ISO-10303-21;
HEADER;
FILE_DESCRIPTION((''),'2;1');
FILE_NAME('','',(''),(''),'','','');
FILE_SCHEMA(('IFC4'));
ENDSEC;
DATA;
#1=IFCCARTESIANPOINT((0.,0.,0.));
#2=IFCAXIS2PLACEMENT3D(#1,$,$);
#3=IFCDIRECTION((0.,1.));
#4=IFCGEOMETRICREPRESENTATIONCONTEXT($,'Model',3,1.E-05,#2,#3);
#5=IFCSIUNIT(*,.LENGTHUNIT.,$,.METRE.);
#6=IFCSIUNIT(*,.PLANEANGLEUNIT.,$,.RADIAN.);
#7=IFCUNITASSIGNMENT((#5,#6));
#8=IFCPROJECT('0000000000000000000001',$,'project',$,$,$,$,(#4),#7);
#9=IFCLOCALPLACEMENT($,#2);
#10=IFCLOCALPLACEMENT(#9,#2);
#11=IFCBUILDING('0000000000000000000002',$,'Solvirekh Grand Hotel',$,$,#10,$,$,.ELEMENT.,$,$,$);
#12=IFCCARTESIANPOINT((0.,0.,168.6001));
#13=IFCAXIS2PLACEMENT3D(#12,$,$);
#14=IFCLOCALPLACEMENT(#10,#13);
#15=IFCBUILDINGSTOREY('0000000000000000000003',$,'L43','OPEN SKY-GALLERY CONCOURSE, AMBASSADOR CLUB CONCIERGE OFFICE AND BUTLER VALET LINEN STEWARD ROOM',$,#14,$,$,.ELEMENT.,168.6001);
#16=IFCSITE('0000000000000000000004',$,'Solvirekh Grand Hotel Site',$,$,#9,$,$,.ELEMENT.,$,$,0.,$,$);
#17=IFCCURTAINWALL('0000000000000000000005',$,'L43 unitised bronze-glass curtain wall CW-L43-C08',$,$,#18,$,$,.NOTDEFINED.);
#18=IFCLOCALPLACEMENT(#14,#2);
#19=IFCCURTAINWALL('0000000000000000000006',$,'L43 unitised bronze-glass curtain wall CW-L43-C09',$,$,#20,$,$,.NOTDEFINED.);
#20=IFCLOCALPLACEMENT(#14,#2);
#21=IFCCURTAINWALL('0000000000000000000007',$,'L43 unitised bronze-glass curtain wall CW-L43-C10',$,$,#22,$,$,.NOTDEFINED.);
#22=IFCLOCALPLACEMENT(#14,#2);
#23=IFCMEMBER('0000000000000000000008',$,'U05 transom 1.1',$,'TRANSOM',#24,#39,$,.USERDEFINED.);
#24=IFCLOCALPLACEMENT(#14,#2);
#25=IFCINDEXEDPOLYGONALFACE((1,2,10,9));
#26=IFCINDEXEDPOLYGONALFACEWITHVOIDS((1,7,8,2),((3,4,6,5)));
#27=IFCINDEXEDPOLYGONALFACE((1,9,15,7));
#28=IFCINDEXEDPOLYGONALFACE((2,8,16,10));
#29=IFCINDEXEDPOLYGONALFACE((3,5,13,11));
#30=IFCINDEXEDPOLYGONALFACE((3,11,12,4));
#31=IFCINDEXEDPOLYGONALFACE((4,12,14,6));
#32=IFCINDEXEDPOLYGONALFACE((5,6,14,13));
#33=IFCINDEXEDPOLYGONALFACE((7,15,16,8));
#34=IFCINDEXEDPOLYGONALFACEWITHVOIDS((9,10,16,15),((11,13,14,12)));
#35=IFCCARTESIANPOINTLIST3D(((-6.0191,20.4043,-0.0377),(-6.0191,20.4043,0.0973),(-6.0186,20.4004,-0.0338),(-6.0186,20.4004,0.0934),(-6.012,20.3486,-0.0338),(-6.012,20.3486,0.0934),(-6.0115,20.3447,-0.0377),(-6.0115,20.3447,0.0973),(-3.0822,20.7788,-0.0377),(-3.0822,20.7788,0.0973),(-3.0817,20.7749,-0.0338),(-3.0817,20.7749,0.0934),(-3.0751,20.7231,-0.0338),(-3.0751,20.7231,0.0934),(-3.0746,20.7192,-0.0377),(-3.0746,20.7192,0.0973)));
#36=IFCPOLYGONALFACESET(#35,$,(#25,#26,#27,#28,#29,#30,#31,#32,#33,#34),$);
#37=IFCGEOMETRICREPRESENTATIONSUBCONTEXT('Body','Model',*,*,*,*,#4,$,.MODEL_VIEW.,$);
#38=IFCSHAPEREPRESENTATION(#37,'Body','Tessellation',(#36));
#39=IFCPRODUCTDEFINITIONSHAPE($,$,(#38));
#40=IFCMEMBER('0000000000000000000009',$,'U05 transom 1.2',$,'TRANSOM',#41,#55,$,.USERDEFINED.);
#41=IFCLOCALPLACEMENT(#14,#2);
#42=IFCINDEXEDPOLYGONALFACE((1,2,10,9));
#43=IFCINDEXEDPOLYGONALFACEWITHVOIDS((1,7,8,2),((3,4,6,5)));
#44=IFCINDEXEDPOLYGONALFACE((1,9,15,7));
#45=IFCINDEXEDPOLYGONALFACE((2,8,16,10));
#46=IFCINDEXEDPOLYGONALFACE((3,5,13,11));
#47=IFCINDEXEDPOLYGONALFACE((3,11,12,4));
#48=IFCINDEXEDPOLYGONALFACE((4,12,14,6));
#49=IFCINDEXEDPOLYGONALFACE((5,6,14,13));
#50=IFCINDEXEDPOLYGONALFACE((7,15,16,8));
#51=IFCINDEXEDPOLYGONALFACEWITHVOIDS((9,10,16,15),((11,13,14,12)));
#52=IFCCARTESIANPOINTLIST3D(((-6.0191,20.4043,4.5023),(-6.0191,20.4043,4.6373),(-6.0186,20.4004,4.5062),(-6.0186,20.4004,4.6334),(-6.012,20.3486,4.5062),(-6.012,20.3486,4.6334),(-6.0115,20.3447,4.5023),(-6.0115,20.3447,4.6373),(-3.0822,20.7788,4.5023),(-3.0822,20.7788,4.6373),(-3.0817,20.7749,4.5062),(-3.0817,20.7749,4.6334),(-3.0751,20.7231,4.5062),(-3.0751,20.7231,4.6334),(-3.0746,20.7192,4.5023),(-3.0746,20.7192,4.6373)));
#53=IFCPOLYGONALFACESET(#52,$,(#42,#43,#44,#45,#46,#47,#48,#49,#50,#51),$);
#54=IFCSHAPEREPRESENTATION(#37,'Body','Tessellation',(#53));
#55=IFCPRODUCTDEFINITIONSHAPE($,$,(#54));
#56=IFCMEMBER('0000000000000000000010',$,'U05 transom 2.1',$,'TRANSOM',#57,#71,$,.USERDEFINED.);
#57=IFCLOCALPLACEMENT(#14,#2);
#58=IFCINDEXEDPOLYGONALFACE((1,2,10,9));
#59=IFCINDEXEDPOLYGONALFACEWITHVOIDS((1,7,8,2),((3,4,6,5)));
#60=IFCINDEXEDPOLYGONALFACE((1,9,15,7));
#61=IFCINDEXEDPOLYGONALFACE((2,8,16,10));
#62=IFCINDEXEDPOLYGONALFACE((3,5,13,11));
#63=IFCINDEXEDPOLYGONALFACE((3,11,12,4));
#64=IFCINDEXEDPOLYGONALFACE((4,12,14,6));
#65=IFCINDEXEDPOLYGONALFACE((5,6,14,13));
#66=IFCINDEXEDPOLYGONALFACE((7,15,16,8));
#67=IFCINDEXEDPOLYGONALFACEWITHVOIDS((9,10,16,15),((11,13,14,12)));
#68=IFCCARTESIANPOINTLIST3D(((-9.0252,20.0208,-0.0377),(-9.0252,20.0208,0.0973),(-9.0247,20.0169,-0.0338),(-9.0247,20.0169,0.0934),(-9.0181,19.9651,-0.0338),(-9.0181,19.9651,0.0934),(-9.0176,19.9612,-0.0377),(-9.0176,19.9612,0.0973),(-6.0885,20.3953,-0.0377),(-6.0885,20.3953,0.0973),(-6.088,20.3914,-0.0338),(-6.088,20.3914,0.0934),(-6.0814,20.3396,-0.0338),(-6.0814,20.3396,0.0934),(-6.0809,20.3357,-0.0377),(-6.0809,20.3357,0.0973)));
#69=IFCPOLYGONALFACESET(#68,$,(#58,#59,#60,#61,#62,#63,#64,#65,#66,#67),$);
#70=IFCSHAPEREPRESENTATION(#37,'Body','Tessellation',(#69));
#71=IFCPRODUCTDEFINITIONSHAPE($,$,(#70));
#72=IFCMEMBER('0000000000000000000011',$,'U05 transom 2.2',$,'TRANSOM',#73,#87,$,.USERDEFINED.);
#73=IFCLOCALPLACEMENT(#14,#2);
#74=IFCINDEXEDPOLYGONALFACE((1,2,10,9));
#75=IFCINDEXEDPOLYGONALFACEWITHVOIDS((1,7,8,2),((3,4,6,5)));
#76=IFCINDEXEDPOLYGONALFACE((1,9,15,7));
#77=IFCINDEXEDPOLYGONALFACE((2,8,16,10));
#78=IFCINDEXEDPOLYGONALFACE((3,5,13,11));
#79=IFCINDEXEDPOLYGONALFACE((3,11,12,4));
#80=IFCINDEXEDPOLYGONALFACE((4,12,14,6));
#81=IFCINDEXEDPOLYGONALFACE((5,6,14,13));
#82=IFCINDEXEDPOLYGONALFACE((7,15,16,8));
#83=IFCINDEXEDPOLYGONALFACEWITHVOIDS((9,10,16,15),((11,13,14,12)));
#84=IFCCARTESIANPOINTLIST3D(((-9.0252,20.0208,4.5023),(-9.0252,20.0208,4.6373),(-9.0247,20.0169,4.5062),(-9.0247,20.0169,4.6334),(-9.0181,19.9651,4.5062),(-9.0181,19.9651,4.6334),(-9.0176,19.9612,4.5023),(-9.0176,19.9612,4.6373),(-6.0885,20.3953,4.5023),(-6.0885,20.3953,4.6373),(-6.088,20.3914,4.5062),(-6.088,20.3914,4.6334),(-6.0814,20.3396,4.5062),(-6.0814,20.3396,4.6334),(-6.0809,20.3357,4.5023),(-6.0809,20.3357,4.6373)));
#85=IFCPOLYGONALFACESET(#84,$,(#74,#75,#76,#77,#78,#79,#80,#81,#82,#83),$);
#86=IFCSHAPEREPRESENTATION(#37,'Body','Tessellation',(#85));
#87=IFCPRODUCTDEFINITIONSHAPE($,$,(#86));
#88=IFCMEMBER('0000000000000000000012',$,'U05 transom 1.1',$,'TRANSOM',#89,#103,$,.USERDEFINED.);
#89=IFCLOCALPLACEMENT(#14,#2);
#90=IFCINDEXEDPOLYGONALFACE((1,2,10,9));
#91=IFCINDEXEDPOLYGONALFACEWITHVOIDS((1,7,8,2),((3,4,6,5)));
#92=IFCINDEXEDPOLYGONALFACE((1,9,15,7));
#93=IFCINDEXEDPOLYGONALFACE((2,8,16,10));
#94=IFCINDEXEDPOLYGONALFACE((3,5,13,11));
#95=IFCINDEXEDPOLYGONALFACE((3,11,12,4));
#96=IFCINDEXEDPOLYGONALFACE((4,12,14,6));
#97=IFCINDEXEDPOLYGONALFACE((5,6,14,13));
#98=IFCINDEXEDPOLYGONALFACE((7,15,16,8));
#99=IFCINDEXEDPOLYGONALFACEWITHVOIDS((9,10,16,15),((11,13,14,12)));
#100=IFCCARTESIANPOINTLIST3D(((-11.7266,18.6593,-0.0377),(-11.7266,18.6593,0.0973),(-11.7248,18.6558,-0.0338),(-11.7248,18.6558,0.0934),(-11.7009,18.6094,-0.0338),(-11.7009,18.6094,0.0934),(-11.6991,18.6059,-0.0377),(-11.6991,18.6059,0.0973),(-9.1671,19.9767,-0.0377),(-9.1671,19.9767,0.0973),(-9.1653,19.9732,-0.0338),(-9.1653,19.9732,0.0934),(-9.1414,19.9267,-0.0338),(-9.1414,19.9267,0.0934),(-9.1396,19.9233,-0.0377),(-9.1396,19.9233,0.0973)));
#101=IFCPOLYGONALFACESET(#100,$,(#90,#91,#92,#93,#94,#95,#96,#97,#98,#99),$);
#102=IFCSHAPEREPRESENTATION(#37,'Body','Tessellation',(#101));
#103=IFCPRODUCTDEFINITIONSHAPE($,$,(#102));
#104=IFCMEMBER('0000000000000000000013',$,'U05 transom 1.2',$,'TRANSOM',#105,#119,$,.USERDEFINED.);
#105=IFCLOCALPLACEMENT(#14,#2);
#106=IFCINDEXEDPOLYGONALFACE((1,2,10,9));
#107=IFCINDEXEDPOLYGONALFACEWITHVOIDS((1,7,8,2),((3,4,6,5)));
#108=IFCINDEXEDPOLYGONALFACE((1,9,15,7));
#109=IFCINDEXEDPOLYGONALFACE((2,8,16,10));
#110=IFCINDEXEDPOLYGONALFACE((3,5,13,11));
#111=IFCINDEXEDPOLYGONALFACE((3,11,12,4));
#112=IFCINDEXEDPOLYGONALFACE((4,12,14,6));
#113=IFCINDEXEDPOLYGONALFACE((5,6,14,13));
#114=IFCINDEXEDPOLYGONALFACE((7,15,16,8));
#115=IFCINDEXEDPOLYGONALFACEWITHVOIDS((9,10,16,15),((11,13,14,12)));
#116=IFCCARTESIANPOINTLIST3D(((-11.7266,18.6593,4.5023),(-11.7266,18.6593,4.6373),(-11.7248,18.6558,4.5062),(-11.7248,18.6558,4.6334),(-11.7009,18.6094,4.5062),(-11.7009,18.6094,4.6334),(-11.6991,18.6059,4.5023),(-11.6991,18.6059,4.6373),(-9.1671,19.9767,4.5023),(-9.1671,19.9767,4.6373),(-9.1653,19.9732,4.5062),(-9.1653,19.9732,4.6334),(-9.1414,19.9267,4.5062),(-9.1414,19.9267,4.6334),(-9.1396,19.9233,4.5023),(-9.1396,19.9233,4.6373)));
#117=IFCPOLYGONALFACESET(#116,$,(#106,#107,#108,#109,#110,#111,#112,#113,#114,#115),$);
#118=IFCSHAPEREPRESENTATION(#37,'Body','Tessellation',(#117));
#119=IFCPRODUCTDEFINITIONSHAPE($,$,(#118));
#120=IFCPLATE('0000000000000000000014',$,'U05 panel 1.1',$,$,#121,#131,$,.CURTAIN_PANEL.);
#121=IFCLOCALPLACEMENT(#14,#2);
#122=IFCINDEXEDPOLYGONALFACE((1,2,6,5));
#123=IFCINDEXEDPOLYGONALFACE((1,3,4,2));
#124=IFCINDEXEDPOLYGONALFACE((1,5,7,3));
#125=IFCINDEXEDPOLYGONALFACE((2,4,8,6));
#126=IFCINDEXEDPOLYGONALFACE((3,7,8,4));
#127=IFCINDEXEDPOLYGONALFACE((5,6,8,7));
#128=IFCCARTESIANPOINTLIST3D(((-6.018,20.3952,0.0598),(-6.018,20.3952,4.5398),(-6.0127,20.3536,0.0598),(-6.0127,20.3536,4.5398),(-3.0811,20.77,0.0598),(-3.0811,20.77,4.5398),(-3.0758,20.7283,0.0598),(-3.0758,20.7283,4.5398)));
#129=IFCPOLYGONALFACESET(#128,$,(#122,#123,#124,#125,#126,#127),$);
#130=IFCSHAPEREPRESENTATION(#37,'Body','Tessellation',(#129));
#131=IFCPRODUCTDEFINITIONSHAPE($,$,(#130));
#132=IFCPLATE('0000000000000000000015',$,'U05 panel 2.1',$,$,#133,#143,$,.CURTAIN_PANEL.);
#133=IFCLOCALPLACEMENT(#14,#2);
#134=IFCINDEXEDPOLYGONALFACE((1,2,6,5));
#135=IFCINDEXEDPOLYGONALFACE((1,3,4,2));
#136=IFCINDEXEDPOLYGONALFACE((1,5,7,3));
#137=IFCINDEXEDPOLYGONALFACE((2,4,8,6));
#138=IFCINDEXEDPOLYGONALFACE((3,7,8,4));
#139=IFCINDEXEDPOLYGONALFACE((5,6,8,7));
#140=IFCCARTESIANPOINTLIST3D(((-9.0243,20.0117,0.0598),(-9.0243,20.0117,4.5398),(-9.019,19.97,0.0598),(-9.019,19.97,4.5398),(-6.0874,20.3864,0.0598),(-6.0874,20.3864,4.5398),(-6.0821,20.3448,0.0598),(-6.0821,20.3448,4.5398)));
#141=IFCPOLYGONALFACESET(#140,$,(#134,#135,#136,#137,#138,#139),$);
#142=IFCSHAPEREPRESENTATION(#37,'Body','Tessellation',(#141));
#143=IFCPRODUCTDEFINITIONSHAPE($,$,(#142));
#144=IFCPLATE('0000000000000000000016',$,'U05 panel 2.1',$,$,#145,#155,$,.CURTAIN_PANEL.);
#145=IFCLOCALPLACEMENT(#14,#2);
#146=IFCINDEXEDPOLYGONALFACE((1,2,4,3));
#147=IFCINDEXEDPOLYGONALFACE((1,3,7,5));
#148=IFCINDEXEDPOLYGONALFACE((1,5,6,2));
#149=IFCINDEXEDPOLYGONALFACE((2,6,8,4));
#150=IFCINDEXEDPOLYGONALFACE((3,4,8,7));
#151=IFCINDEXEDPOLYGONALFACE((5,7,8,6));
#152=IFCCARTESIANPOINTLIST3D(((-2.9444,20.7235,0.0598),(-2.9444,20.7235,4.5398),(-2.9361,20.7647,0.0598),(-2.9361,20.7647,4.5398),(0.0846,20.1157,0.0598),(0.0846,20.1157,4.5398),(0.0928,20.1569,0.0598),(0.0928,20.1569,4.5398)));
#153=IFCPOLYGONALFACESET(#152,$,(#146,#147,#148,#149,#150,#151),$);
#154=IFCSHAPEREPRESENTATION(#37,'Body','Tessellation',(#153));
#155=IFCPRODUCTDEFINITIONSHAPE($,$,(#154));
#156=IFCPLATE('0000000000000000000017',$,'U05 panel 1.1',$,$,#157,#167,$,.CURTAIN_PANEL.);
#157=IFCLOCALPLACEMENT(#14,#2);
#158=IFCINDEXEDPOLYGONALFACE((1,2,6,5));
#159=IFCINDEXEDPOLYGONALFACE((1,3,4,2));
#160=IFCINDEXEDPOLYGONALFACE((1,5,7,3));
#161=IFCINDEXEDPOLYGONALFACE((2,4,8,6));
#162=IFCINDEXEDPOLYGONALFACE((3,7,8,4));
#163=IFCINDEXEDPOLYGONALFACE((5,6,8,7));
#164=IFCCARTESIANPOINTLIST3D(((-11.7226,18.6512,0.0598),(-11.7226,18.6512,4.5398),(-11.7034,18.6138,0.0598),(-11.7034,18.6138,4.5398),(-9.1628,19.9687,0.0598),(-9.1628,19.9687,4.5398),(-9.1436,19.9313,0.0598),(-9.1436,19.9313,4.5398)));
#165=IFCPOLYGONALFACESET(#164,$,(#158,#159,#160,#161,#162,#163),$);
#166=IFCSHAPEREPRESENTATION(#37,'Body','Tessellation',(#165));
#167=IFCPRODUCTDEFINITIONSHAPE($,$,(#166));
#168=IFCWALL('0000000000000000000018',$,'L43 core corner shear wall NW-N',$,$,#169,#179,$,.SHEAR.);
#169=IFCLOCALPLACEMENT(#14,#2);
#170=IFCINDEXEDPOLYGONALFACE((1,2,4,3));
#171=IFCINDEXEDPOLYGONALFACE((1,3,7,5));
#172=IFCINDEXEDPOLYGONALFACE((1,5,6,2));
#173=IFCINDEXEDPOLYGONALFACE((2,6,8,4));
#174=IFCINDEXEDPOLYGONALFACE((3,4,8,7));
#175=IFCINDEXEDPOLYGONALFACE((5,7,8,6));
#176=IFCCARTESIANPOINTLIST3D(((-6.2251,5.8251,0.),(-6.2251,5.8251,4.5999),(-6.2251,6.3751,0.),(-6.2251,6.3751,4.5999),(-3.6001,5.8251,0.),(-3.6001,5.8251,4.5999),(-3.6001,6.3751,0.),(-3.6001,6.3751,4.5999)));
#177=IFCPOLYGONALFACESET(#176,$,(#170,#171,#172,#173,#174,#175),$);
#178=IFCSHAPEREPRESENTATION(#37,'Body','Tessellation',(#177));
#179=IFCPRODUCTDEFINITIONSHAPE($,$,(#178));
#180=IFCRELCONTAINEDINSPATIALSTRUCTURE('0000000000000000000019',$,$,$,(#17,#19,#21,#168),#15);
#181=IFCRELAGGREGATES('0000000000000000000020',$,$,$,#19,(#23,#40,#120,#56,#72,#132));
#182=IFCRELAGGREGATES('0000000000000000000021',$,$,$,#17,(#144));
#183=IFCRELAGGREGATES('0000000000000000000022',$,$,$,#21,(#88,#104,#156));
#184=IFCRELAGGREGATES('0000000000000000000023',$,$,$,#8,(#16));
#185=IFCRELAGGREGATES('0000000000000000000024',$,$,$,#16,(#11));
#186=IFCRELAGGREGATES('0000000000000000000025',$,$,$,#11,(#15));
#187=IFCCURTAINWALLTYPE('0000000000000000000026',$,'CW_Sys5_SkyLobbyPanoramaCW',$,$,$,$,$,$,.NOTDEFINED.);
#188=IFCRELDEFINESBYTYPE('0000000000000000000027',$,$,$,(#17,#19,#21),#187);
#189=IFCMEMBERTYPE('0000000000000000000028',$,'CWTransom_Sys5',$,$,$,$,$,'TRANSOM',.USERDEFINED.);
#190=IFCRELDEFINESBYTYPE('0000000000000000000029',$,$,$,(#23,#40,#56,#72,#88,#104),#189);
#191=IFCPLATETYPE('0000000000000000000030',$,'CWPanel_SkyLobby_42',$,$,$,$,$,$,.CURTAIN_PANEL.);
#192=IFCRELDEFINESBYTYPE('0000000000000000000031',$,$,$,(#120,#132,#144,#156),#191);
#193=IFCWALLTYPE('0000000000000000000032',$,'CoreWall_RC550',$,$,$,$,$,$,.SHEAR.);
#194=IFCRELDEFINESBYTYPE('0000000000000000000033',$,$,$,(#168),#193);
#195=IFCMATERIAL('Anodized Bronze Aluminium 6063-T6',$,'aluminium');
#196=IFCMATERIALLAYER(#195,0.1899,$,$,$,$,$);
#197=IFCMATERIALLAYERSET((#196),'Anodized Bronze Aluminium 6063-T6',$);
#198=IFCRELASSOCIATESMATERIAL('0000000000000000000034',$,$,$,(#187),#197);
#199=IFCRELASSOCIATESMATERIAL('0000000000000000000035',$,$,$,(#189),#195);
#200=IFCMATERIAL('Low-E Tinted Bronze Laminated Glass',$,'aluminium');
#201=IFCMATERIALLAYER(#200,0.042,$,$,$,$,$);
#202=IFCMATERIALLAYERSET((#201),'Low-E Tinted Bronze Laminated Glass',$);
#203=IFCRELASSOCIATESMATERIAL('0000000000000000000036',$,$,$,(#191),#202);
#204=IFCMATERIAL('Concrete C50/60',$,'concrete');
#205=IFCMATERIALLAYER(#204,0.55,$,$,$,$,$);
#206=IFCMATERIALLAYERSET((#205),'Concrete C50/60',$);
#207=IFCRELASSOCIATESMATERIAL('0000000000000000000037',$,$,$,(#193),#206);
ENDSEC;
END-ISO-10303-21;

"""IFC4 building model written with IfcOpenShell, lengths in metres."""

from ifc_helpers import new_model, si_unit, direction, frame, frame_2d, origin, origin_2d, place, context, subcontext, project, spatial, rectangle, hollow_rectangle, extrude, source, transform, mapped, material, layer, layer_set, material_profile, profile_set, type_object, element, aggregate, save


model = new_model("IFC4")

# Units and contexts
model_context = context("Model", 3, precision=1e-05, world=origin(), true_north=direction((0.0, 1.0)))
body_context = subcontext(model_context, "Body", "Model", "MODEL_VIEW")
ifc_project = project(units=[si_unit("LENGTHUNIT", "METRE"), si_unit("PLANEANGLEUNIT", "RADIAN")], contexts=[model_context])

# Site, building, storey
site_placement = place(None, origin())
site = spatial("IfcSite", under=ifc_project, at=site_placement, Name="Solvirekh Grand Hotel Site", CompositionType="ELEMENT", RefElevation=0.0)
building_placement = place(site_placement, origin())
building = spatial("IfcBuilding", under=site, at=building_placement, Name="Solvirekh Grand Hotel", CompositionType="ELEMENT")
storey_placement = place(building_placement, frame((0.0, 0.0, 168.6001)))
storey = spatial("IfcBuildingStorey", under=building, at=storey_placement, Name="L43", Description="OPEN SKY-GALLERY CONCOURSE, AMBASSADOR CLUB CONCIERGE OFFICE AND BUTLER VALET LINEN STEWARD ROOM", CompositionType="ELEMENT", Elevation=168.6001)

# Shared definitions
ifc_material_1 = material(Name="Concrete C50/60", Category="concrete")

# Curtain wall
ifc_material_2 = material(Name="Anodized Bronze Aluminium 6063-T6", Category="aluminium")
ifc_layer_1 = layer(ifc_material_2, 0.1899)
ifc_layer_set_1 = layer_set([ifc_layer_1], Name="Anodized Bronze Aluminium 6063-T6")
curtain_wall_type = type_object("IfcCurtainWallType", Name="CW_Sys5_SkyLobbyPanoramaCW", PredefinedType="NOTDEFINED", material=ifc_layer_set_1)
curtain_wall_1_placement = place(storey_placement, origin())
curtain_wall_1 = element("IfcCurtainWall", 1, at=curtain_wall_1_placement, inside=storey, type_object=curtain_wall_type, Name="L43 unitised bronze-glass curtain wall CW-L43-C08", PredefinedType="NOTDEFINED")

# Curtain wall
curtain_wall_2_placement = place(storey_placement, origin())
curtain_wall_2 = element("IfcCurtainWall", 2, at=curtain_wall_2_placement, inside=storey, type_object=curtain_wall_type, Name="L43 unitised bronze-glass curtain wall CW-L43-C09", PredefinedType="NOTDEFINED")

# Curtain wall
curtain_wall_3_placement = place(storey_placement, origin())
curtain_wall_3 = element("IfcCurtainWall", 3, at=curtain_wall_3_placement, inside=storey, type_object=curtain_wall_type, Name="L43 unitised bronze-glass curtain wall CW-L43-C10", PredefinedType="NOTDEFINED")

# Members
ifc_material_profile_1 = material_profile(ifc_material_2, hollow_rectangle(XDim=0.0601, YDim=0.135, WallThickness=0.0039, at=origin_2d()), Name="ALU RHS 135X60X4")
ifc_profile_set_1 = profile_set([ifc_material_profile_1], Name="Anodized Bronze Aluminium 6063-T6")
member_type_1 = type_object("IfcMemberType", Name="CWTransom_Sys5", ElementType="TRANSOM", PredefinedType="USERDEFINED", material=ifc_profile_set_1)
shared_shape_1 = source(origin(), body_context, "Body", "SweptSolid", [
    extrude(hollow_rectangle(XDim=0.0601, YDim=0.135, WallThickness=0.0039, at=origin_2d()), origin(), (0.0, 0.0, 1.0), 2.9607),
])
member_1_placement = place(storey_placement, frame((-3.0784, 20.749, 0.0298), z_axis=(-0.991968, -0.12649, 0.0), x_axis=(0.12649, -0.991968, 0.0)))
member_1 = element("IfcMember", 4, at=member_1_placement, type_object=member_type_1, Name="U05 transom 1.1", ObjectType="TRANSOM", PredefinedType="USERDEFINED", context=body_context, shape_type="MappedRepresentation", body=[
    mapped(shared_shape_1, transform((0.0, 0.0, 0.0), x_axis=(1.0, 0.0, 0.0), y_axis=(0.0, 1.0, 0.0), z_axis=(0.0, 0.0, 1.0), scale=1.0)),
])
member_2_placement = place(storey_placement, frame((-3.0784, 20.749, 4.5698), z_axis=(-0.991968, -0.12649, 0.0), x_axis=(0.12649, -0.991968, 0.0)))
member_2 = element("IfcMember", 5, at=member_2_placement, type_object=member_type_1, Name="U05 transom 1.2", ObjectType="TRANSOM", PredefinedType="USERDEFINED", context=body_context, shape_type="MappedRepresentation", body=[
    mapped(shared_shape_1, transform((0.0, 0.0, 0.0), x_axis=(1.0, 0.0, 0.0), y_axis=(0.0, 1.0, 0.0), z_axis=(0.0, 0.0, 1.0), scale=1.0)),
])
shared_shape_2 = source(origin(), body_context, "Body", "SweptSolid", [
    extrude(hollow_rectangle(XDim=0.0601, YDim=0.135, WallThickness=0.0039, at=origin_2d()), origin(), (0.0, 0.0, 1.0), 2.9604),
])
member_3_placement = place(storey_placement, frame((-6.0847, 20.3655, 0.0298), z_axis=(-0.991967, -0.126501, 0.0), x_axis=(0.126501, -0.991967, 0.0)))
member_3 = element("IfcMember", 6, at=member_3_placement, type_object=member_type_1, Name="U05 transom 2.1", ObjectType="TRANSOM", PredefinedType="USERDEFINED", context=body_context, shape_type="MappedRepresentation", body=[
    mapped(shared_shape_2, transform((0.0, 0.0, 0.0), x_axis=(1.0, 0.0, 0.0), y_axis=(0.0, 1.0, 0.0), z_axis=(0.0, 0.0, 1.0), scale=1.0)),
])
member_4_placement = place(storey_placement, frame((-6.0847, 20.3655, 4.5698), z_axis=(-0.991967, -0.126501, 0.0), x_axis=(0.126501, -0.991967, 0.0)))
member_4 = element("IfcMember", 7, at=member_4_placement, type_object=member_type_1, Name="U05 transom 2.2", ObjectType="TRANSOM", PredefinedType="USERDEFINED", context=body_context, shape_type="MappedRepresentation", body=[
    mapped(shared_shape_2, transform((0.0, 0.0, 0.0), x_axis=(1.0, 0.0, 0.0), y_axis=(0.0, 1.0, 0.0), z_axis=(0.0, 0.0, 1.0), scale=1.0)),
])
shared_shape_3 = source(origin(), body_context, "Body", "SweptSolid", [
    extrude(hollow_rectangle(XDim=0.0601, YDim=0.135, WallThickness=0.0039, at=origin_2d()), origin(), (0.0, 0.0, 1.0), 2.8787),
])
member_5_placement = place(storey_placement, frame((-9.1533, 19.95, 0.0298), z_axis=(-0.889142, -0.457632, 0.0), x_axis=(0.457632, -0.889142, 0.0)))
member_5 = element("IfcMember", 8, at=member_5_placement, type_object=member_type_1, Name="U05 transom 1.1", ObjectType="TRANSOM", PredefinedType="USERDEFINED", context=body_context, shape_type="MappedRepresentation", body=[
    mapped(shared_shape_3, transform((0.0, 0.0, 0.0), x_axis=(1.0, 0.0, 0.0), y_axis=(0.0, 1.0, 0.0), z_axis=(0.0, 0.0, 1.0), scale=1.0)),
])
member_6_placement = place(storey_placement, frame((-9.1533, 19.95, 4.5698), z_axis=(-0.889142, -0.457632, 0.0), x_axis=(0.457632, -0.889142, 0.0)))
member_6 = element("IfcMember", 9, at=member_6_placement, type_object=member_type_1, Name="U05 transom 1.2", ObjectType="TRANSOM", PredefinedType="USERDEFINED", context=body_context, shape_type="MappedRepresentation", body=[
    mapped(shared_shape_3, transform((0.0, 0.0, 0.0), x_axis=(1.0, 0.0, 0.0), y_axis=(0.0, 1.0, 0.0), z_axis=(0.0, 0.0, 1.0), scale=1.0)),
])

# Plates
ifc_material_3 = material(Name="Low-E Tinted Bronze Laminated Glass", Category="aluminium")
ifc_layer_2 = layer(ifc_material_3, 0.042)
ifc_layer_set_2 = layer_set([ifc_layer_2], Name="Low-E Tinted Bronze Laminated Glass")
plate_type = type_object("IfcPlateType", Name="CWPanel_SkyLobby_42", PredefinedType="CURTAIN_PANEL", material=ifc_layer_set_2)
shared_shape_4 = source(origin(), body_context, "Body", "SweptSolid", [
    extrude(rectangle(XDim=2.9607, YDim=0.042, at=origin_2d()), origin(), (0.0, 0.0, 1.0), 4.48),
])
plate_1_placement = place(storey_placement, frame((-4.5469, 20.5618, 0.0598), z_axis=(0.0, 0.0, 1.0), x_axis=(-0.991958, -0.126564, 0.0)))
plate_1 = element("IfcPlate", 10, at=plate_1_placement, type_object=plate_type, Name="U05 panel 1.1", PredefinedType="CURTAIN_PANEL", context=body_context, shape_type="MappedRepresentation", body=[
    mapped(shared_shape_4, transform((0.0, 0.0, 0.0), x_axis=(1.0, 0.0, 0.0), y_axis=(0.0, 1.0, 0.0), z_axis=(0.0, 0.0, 1.0), scale=1.0)),
])
plate_2_placement = place(storey_placement, frame((-7.5532, 20.1782, 0.0598), z_axis=(0.0, 0.0, 1.0), x_axis=(-0.991958, -0.126564, 0.0)))
plate_2 = element("IfcPlate", 11, at=plate_2_placement, type_object=plate_type, Name="U05 panel 2.1", PredefinedType="CURTAIN_PANEL", context=body_context, shape_type="MappedRepresentation", body=[
    mapped(shared_shape_4, transform((0.0, 0.0, 0.0), x_axis=(1.0, 0.0, 0.0), y_axis=(0.0, 1.0, 0.0), z_axis=(0.0, 0.0, 1.0), scale=1.0)),
])
aggregate(curtain_wall_2, [member_1, member_2, plate_1, member_3, member_4, plate_2])
shared_shape_5 = source(origin(), body_context, "Body", "SweptSolid", [
    extrude(rectangle(XDim=3.0894, YDim=0.042, at=origin_2d()), origin(), (0.0, 0.0, 1.0), 4.48),
])
plate_3_placement = place(storey_placement, frame((-1.4258, 20.4402, 0.0598), z_axis=(0.0, 0.0, 1.0), x_axis=(-0.980454, 0.196748, 0.0)))
plate_3 = element("IfcPlate", 12, at=plate_3_placement, type_object=plate_type, Name="U05 panel 2.1", PredefinedType="CURTAIN_PANEL", context=body_context, shape_type="MappedRepresentation", body=[
    mapped(shared_shape_5, transform((0.0, 0.0, 0.0), x_axis=(1.0, 0.0, 0.0), y_axis=(0.0, 1.0, 0.0), z_axis=(0.0, 0.0, 1.0), scale=1.0)),
])
aggregate(curtain_wall_1, [plate_3])
shared_shape_6 = source(origin(), body_context, "Body", "SweptSolid", [
    extrude(rectangle(XDim=2.8789, YDim=0.042, at=origin_2d()), origin(), (0.0, 0.0, 1.0), 4.48),
])
plate_4_placement = place(storey_placement, frame((-10.4331, 19.2913, 0.0598), z_axis=(0.0, 0.0, 1.0), x_axis=(-0.889138, -0.45764, 0.0)))
plate_4 = element("IfcPlate", 13, at=plate_4_placement, type_object=plate_type, Name="U05 panel 1.1", PredefinedType="CURTAIN_PANEL", context=body_context, shape_type="MappedRepresentation", body=[
    mapped(shared_shape_6, transform((0.0, 0.0, 0.0), x_axis=(1.0, 0.0, 0.0), y_axis=(0.0, 1.0, 0.0), z_axis=(0.0, 0.0, 1.0), scale=1.0)),
])
aggregate(curtain_wall_3, [member_5, member_6, plate_4])

# Wall
ifc_layer_3 = layer(ifc_material_1, 0.55)
ifc_layer_set_3 = layer_set([ifc_layer_3], Name="Concrete C50/60")
wall_type_1 = type_object("IfcWallType", Name="CoreWall_RC550", PredefinedType="SHEAR", material=ifc_layer_set_3)
wall_1_placement = place(storey_placement, frame((-6.2251, 6.1001, 0.0), z_axis=(0.0, 0.0, 1.0), x_axis=(1.0, 0.0, 0.0)))
element("IfcWall", 14, at=wall_1_placement, inside=storey, type_object=wall_type_1, Name="L43 core corner shear wall NW-N", PredefinedType="SHEAR", context=body_context, shape_type="SweptSolid", body=[
    extrude(rectangle(XDim=2.625, YDim=0.55, at=frame_2d((1.3125, 0.0))), origin(), (0.0, 0.0, 1.0), 4.5999),
])

save(model, "model.ifc")
